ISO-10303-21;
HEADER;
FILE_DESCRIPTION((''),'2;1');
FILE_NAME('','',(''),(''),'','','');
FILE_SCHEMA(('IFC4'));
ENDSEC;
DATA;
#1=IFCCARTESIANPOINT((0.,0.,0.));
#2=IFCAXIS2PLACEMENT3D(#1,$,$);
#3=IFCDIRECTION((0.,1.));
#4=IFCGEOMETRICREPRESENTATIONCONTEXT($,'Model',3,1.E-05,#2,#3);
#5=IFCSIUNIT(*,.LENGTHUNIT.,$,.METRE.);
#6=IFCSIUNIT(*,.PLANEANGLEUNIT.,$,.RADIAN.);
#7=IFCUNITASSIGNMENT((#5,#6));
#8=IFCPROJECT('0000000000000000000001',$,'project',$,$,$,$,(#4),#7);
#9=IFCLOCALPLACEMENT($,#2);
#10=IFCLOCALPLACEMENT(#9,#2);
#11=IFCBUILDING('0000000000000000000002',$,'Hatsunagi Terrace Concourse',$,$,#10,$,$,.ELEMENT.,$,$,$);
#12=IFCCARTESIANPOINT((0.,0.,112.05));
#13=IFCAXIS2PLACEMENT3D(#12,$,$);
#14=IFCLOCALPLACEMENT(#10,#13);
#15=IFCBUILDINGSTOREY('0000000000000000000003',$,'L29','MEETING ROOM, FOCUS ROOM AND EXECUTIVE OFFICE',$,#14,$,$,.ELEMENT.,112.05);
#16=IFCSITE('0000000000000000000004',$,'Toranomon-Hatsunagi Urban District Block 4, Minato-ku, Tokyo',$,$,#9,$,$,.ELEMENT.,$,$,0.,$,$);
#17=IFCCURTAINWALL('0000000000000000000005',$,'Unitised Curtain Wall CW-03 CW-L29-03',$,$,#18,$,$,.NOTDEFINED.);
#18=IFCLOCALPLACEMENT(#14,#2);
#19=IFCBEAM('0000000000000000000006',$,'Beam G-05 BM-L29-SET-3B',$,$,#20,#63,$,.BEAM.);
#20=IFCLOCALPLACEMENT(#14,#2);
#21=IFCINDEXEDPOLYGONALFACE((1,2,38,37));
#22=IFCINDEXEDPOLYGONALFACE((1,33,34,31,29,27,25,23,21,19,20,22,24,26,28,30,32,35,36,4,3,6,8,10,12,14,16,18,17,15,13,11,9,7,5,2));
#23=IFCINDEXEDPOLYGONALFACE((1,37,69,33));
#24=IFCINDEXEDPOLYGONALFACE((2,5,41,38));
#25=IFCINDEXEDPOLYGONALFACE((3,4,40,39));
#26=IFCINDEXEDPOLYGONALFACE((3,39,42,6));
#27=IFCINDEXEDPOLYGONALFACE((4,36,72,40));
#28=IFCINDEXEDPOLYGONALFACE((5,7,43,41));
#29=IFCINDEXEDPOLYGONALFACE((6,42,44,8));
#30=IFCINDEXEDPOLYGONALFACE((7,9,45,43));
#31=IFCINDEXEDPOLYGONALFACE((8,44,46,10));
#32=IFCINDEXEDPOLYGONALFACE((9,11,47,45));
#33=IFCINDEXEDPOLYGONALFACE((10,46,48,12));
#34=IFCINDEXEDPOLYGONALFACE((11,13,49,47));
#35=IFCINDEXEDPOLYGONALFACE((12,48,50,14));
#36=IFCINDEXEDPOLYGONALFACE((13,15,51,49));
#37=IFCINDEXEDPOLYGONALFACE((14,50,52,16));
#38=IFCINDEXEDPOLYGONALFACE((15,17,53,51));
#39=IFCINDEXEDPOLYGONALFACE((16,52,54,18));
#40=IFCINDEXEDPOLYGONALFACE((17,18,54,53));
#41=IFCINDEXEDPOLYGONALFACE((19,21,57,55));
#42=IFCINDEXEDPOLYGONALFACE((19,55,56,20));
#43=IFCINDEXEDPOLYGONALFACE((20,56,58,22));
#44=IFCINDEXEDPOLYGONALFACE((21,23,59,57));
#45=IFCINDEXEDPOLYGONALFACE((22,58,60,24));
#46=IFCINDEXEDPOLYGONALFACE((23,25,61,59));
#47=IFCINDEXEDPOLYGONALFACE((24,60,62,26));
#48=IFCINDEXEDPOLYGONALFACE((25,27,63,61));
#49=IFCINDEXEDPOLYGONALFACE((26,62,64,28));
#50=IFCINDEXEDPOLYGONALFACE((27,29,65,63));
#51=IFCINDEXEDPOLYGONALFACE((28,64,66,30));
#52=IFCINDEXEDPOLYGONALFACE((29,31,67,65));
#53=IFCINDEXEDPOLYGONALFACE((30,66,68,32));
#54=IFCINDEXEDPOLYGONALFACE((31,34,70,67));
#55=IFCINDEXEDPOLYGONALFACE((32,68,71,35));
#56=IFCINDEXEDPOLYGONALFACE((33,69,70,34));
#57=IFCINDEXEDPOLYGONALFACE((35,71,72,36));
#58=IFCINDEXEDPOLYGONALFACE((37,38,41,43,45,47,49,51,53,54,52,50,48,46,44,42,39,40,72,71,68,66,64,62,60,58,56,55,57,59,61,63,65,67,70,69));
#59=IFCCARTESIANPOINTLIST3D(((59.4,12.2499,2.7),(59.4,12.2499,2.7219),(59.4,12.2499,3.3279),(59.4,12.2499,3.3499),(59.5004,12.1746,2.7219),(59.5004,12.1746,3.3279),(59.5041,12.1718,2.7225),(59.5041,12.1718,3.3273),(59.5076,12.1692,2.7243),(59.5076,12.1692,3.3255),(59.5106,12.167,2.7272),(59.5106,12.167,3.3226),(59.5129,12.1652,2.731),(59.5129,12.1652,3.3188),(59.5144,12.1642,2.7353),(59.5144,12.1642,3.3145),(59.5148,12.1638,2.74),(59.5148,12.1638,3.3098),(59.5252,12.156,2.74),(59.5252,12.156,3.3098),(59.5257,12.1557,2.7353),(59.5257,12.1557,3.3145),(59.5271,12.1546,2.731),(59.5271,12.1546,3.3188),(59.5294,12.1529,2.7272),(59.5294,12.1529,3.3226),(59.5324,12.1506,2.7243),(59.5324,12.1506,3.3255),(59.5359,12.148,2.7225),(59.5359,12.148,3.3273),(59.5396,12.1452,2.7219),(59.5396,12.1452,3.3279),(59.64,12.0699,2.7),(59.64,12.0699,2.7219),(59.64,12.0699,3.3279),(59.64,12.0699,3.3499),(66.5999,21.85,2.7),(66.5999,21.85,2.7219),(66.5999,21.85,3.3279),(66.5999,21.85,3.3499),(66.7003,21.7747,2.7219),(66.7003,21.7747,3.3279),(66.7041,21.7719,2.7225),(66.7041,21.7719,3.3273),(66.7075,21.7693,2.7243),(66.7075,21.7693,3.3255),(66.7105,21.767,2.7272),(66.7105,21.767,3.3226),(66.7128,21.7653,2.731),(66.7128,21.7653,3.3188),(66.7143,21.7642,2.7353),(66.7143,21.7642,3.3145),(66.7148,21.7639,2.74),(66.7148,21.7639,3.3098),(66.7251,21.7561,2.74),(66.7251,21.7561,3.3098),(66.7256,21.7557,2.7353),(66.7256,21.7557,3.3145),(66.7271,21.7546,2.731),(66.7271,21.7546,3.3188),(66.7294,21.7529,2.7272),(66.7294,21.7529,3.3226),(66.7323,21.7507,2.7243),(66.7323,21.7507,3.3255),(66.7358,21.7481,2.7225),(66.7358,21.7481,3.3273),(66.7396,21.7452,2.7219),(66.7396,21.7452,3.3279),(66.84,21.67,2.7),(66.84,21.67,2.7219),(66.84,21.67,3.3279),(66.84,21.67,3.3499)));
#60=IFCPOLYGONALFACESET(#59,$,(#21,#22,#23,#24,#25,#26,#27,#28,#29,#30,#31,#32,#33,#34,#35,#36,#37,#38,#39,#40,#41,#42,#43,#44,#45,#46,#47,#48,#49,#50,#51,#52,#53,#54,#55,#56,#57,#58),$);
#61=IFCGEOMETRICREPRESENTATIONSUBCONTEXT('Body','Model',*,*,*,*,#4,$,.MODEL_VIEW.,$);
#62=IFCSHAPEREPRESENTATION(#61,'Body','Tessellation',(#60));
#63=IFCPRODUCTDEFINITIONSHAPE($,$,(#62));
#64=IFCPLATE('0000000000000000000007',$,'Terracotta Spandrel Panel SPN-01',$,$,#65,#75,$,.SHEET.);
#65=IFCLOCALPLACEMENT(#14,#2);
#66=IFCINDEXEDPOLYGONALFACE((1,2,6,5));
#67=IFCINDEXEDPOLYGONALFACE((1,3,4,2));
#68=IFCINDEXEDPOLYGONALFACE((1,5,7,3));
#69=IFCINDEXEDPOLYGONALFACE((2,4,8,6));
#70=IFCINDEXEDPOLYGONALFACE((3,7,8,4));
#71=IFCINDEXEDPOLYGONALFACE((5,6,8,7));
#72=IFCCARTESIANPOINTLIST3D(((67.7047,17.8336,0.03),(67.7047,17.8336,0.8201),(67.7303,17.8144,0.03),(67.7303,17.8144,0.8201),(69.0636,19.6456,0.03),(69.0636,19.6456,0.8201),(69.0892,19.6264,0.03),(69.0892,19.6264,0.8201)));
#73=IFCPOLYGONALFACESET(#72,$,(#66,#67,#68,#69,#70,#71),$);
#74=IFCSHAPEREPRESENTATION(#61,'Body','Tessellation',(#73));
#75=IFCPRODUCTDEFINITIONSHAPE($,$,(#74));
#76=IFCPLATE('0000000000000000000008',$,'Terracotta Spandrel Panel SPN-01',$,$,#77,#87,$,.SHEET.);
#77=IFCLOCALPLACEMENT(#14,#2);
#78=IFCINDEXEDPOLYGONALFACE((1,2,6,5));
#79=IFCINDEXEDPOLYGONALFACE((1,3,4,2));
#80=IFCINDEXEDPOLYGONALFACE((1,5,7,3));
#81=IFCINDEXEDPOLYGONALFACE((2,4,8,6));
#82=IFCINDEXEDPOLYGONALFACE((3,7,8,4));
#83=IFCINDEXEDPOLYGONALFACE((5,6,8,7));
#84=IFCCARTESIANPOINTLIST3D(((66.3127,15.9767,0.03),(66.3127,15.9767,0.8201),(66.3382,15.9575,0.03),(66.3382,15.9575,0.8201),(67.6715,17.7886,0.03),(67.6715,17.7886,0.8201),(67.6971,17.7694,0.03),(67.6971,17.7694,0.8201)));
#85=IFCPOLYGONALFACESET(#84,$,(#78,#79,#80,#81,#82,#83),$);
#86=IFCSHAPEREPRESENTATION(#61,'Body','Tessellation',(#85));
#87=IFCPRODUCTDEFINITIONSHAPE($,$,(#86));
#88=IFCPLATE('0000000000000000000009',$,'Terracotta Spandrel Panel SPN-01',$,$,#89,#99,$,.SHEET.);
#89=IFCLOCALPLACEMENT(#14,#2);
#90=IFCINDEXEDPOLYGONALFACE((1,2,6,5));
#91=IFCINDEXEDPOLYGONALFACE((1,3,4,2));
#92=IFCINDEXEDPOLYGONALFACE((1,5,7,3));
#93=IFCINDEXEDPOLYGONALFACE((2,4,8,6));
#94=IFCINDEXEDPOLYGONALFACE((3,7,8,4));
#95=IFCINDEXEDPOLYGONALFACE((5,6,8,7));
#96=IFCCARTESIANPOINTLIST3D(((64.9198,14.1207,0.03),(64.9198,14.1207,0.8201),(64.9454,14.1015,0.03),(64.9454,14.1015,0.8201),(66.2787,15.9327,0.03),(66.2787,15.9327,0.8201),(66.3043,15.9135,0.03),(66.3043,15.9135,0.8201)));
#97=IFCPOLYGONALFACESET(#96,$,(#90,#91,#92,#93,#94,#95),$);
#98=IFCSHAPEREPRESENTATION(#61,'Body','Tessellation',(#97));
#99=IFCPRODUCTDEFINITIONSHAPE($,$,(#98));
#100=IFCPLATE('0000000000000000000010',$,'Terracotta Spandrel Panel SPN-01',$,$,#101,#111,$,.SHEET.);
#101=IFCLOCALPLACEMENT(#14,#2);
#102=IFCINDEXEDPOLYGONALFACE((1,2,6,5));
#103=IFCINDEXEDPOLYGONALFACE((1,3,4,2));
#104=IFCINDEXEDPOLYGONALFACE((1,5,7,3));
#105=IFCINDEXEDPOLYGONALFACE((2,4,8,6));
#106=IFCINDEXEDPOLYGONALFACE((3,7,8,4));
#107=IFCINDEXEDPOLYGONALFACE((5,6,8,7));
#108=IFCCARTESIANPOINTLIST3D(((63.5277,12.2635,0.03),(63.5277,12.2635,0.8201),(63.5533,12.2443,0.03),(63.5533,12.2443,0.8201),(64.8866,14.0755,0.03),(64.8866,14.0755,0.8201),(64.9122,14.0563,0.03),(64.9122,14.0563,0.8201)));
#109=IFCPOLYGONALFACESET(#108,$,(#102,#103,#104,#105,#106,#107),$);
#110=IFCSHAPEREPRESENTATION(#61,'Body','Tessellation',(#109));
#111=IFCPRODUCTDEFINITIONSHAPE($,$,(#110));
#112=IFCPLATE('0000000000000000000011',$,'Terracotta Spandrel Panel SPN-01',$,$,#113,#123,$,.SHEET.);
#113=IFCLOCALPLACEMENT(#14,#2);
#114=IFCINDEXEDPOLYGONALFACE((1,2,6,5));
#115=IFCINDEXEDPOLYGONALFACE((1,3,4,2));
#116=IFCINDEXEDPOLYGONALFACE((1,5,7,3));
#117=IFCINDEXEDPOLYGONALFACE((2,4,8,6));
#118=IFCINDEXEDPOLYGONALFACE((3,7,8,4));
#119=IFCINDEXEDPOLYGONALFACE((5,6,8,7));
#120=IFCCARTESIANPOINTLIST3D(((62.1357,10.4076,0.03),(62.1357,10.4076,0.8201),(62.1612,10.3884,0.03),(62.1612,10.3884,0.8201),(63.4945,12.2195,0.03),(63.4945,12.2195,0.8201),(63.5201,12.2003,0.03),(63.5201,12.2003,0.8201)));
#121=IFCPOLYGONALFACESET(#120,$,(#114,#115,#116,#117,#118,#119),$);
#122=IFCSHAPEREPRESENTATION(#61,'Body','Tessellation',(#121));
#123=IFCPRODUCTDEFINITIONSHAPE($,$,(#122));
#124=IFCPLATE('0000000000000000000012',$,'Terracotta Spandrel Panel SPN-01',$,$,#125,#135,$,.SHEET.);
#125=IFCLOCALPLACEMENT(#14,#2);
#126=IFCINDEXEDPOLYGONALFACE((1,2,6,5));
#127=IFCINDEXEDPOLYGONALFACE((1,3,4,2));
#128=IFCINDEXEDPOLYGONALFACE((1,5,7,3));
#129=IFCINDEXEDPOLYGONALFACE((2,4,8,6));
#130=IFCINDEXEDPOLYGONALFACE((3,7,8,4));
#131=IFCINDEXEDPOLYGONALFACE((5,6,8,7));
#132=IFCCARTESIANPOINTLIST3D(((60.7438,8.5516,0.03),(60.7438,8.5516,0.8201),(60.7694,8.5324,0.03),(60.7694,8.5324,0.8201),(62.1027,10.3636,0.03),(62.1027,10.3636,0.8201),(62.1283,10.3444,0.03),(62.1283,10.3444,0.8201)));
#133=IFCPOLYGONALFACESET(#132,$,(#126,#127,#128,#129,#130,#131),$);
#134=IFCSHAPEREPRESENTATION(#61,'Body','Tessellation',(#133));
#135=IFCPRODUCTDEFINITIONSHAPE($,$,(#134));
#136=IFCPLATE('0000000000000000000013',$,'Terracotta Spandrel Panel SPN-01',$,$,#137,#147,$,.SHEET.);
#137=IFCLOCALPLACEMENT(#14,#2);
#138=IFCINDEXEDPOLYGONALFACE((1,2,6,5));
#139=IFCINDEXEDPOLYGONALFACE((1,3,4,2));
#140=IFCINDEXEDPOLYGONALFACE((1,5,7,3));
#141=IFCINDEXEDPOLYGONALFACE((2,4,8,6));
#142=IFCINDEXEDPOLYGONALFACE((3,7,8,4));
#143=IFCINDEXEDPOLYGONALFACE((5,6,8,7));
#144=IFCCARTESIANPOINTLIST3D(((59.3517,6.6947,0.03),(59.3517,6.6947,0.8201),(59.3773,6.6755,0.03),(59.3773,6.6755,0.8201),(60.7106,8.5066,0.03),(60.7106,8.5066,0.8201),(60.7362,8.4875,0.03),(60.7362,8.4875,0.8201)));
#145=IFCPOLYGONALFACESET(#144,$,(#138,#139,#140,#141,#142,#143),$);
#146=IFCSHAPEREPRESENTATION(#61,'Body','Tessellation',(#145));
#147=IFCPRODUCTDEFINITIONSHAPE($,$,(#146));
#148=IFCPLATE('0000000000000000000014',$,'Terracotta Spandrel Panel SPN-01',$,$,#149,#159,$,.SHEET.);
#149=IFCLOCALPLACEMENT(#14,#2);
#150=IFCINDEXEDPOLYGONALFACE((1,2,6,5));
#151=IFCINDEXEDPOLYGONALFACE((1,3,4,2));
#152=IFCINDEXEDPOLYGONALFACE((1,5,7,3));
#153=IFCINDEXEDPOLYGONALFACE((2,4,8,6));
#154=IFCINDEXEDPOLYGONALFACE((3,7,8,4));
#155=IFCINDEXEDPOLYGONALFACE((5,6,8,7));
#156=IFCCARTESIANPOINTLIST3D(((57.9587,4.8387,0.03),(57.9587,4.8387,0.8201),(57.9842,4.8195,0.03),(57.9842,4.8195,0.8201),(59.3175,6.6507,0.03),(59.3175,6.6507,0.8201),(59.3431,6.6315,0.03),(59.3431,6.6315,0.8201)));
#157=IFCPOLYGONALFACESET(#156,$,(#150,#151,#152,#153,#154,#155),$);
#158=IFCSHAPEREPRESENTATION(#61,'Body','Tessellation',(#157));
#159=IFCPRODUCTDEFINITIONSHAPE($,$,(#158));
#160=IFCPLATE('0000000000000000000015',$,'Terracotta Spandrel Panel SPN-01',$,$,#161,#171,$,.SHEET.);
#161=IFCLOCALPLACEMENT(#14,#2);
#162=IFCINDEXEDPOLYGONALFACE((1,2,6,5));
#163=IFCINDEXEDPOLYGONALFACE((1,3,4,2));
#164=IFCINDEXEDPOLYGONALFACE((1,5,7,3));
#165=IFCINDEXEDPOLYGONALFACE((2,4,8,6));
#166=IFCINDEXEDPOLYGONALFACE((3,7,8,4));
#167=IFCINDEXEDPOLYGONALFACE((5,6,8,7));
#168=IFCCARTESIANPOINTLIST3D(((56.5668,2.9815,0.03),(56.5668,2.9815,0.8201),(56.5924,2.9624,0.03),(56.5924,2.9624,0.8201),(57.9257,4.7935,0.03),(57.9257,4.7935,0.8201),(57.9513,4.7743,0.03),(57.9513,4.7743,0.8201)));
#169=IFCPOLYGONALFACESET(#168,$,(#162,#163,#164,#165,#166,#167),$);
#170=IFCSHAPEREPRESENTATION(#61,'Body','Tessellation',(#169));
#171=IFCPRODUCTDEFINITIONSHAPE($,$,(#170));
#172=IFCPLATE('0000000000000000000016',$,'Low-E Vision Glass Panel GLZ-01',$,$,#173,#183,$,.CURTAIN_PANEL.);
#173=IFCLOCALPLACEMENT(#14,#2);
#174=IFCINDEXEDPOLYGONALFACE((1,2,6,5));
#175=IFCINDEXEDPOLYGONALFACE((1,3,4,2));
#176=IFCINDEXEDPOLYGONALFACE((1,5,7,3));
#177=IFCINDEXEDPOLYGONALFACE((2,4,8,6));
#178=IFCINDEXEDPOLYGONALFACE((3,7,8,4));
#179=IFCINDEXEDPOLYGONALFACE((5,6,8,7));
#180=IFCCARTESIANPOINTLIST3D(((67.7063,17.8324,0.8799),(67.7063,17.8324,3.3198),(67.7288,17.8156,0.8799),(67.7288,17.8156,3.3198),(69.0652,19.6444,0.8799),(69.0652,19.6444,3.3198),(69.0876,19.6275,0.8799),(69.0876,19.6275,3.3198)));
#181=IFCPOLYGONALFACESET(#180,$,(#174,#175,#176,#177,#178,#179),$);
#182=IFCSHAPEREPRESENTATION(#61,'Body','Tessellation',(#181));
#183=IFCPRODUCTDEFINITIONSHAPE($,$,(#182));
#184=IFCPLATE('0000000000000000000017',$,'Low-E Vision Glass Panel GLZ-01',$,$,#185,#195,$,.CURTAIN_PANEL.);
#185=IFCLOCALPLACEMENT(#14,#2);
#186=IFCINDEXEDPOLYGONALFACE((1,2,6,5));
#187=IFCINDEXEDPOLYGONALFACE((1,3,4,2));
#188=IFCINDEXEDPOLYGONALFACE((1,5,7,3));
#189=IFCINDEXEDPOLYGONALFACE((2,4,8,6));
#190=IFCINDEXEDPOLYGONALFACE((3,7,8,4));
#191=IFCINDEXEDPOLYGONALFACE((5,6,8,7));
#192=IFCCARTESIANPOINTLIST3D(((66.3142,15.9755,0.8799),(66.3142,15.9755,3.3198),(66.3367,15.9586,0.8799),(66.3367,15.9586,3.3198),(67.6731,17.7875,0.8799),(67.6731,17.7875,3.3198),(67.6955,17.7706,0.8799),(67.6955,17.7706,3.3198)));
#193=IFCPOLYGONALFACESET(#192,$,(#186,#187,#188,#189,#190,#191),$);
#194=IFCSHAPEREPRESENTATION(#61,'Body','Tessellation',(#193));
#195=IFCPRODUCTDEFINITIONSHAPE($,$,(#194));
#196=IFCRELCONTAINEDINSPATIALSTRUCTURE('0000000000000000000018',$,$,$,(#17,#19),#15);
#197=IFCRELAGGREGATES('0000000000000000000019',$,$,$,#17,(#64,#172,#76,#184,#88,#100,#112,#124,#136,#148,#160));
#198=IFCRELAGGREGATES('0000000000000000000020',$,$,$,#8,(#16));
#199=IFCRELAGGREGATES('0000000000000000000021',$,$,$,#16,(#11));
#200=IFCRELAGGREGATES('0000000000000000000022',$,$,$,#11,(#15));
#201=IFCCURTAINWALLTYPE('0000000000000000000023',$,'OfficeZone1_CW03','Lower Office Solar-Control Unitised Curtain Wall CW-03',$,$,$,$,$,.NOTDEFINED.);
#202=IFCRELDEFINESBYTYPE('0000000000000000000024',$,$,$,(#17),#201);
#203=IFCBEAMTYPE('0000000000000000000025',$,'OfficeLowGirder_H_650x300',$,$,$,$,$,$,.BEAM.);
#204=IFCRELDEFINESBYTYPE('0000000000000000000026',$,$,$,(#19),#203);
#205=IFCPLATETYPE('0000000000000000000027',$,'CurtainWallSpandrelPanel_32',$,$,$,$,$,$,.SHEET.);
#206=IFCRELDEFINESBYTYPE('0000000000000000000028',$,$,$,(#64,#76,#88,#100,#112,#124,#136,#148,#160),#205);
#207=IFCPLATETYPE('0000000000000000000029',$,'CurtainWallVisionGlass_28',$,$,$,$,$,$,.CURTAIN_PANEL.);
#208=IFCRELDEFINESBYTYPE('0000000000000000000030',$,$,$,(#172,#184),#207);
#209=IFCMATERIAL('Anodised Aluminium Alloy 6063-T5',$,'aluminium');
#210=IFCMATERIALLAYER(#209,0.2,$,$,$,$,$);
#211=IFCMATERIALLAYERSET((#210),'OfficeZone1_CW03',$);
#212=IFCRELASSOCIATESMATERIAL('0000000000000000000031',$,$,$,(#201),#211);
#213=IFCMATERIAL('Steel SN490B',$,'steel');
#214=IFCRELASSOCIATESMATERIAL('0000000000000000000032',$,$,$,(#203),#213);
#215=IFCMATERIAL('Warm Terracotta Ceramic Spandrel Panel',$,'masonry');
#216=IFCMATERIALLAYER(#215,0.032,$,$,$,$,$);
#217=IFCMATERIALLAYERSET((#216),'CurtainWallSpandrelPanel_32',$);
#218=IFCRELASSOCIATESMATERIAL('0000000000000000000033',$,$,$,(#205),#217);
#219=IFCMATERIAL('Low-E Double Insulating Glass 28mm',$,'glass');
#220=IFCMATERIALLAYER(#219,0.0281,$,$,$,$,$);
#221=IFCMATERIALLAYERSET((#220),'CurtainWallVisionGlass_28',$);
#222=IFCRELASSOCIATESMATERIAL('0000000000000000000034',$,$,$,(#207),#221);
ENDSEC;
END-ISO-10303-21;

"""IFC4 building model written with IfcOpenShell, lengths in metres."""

from ifc_helpers import new_model, si_unit, direction, frame, origin, origin_2d, place, context, subcontext, project, spatial, rectangle, i_section, extrude, material, layer, layer_set, material_profile, profile_set, type_object, element, aggregate, save


model = new_model("IFC4")

# Units and contexts
model_context = context("Model", 3, precision=1e-05, world=origin(), true_north=direction((0.0, 1.0)))
body_context = subcontext(model_context, "Body", "Model", "MODEL_VIEW")
ifc_project = project(units=[si_unit("LENGTHUNIT", "METRE"), si_unit("PLANEANGLEUNIT", "RADIAN")], contexts=[model_context])

# Site, building, storey
site_placement = place(None, origin())
site = spatial("IfcSite", under=ifc_project, at=site_placement, Name="Toranomon-Hatsunagi Urban District Block 4, Minato-ku, Tokyo", CompositionType="ELEMENT", RefElevation=0.0)
building_placement = place(site_placement, origin())
building = spatial("IfcBuilding", under=site, at=building_placement, Name="Hatsunagi Terrace Concourse", CompositionType="ELEMENT")
storey_placement = place(building_placement, frame((0.0, 0.0, 112.05)))
storey = spatial("IfcBuildingStorey", under=building, at=storey_placement, Name="L29", Description="MEETING ROOM, FOCUS ROOM AND EXECUTIVE OFFICE", CompositionType="ELEMENT", Elevation=112.05)

# Curtain wall
ifc_material_1 = material(Name="Anodised Aluminium Alloy 6063-T5", Category="aluminium")
ifc_layer_1 = layer(ifc_material_1, 0.2)
ifc_layer_set_1 = layer_set([ifc_layer_1], Name="OfficeZone1_CW03")
curtain_wall_type = type_object("IfcCurtainWallType", Name="OfficeZone1_CW03", Description="Lower Office Solar-Control Unitised Curtain Wall CW-03", PredefinedType="NOTDEFINED", material=ifc_layer_set_1)
curtain_wall_placement = place(storey_placement, origin())
curtain_wall = element("IfcCurtainWall", 1, at=curtain_wall_placement, inside=storey, type_object=curtain_wall_type, Name="Unitised Curtain Wall CW-03 CW-L29-03", PredefinedType="NOTDEFINED")

# Beam
ifc_material_2 = material(Name="Steel SN490B", Category="steel")
ifc_material_profile_1 = material_profile(ifc_material_2, i_section(OverallWidth=0.3, OverallDepth=0.6499, WebThickness=0.0129, FlangeThickness=0.022, FilletRadius=0.0181, at=origin_2d()), Name="H-650x300x13x22")
ifc_profile_set_1 = profile_set([ifc_material_profile_1], Name="Steel SN490B")
beam_type_1 = type_object("IfcBeamType", Name="OfficeLowGirder_H_650x300", PredefinedType="BEAM", material=ifc_profile_set_1)
beam_1_placement = place(storey_placement, frame((59.52, 12.1599, 3.0249), z_axis=(0.599993, 0.800005, 0.0), x_axis=(-0.800005, 0.599993, 0.0)))
element("IfcBeam", 2, at=beam_1_placement, inside=storey, type_object=beam_type_1, Name="Beam G-05 BM-L29-SET-3B", PredefinedType="BEAM", context=body_context, shape_type="SweptSolid", body=[
    extrude(i_section(OverallWidth=0.3, OverallDepth=0.6499, WebThickness=0.0129, FlangeThickness=0.022, FilletRadius=0.0181, at=origin_2d()), origin(), (0.0, 0.0, 1.0), 12.0),
])

# Plates
ifc_material_3 = material(Name="Warm Terracotta Ceramic Spandrel Panel", Category="masonry")
ifc_layer_2 = layer(ifc_material_3, 0.032)
ifc_layer_set_2 = layer_set([ifc_layer_2], Name="CurtainWallSpandrelPanel_32")
plate_type_1 = type_object("IfcPlateType", Name="CurtainWallSpandrelPanel_32", PredefinedType="SHEET", material=ifc_layer_set_2)
plate_1_placement = place(storey_placement, frame((68.397, 18.73, 0.03), z_axis=(0.0, 0.0, 1.0), x_axis=(-0.599969, -0.800023, 0.0)))
plate_1 = element("IfcPlate", 3, at=plate_1_placement, type_object=plate_type_1, Name="Terracotta Spandrel Panel SPN-01", PredefinedType="SHEET", context=body_context, shape_type="SweptSolid", body=[
    extrude(rectangle(XDim=2.2649, YDim=0.032, at=origin_2d()), origin(), (0.0, 0.0, 1.0), 0.79),
])
plate_2_placement = place(storey_placement, frame((67.0049, 16.873, 0.03), z_axis=(0.0, 0.0, 1.0), x_axis=(-0.599969, -0.800023, 0.0)))
plate_2 = element("IfcPlate", 4, at=plate_2_placement, type_object=plate_type_1, Name="Terracotta Spandrel Panel SPN-01", PredefinedType="SHEET", context=body_context, shape_type="SweptSolid", body=[
    extrude(rectangle(XDim=2.2649, YDim=0.032, at=origin_2d()), origin(), (0.0, 0.0, 1.0), 0.79),
])
plate_3_placement = place(storey_placement, frame((65.6121, 15.0171, 0.03), z_axis=(0.0, 0.0, 1.0), x_axis=(-0.599969, -0.800023, 0.0)))
plate_3 = element("IfcPlate", 5, at=plate_3_placement, type_object=plate_type_1, Name="Terracotta Spandrel Panel SPN-01", PredefinedType="SHEET", context=body_context, shape_type="SweptSolid", body=[
    extrude(rectangle(XDim=2.2649, YDim=0.032, at=origin_2d()), origin(), (0.0, 0.0, 1.0), 0.79),
])
plate_4_placement = place(storey_placement, frame((64.22, 13.1599, 0.03), z_axis=(0.0, 0.0, 1.0), x_axis=(-0.599969, -0.800023, 0.0)))
plate_4 = element("IfcPlate", 6, at=plate_4_placement, type_object=plate_type_1, Name="Terracotta Spandrel Panel SPN-01", PredefinedType="SHEET", context=body_context, shape_type="SweptSolid", body=[
    extrude(rectangle(XDim=2.2649, YDim=0.032, at=origin_2d()), origin(), (0.0, 0.0, 1.0), 0.79),
])
plate_5_placement = place(storey_placement, frame((62.8279, 11.304, 0.03), z_axis=(0.0, 0.0, 1.0), x_axis=(-0.599969, -0.800023, 0.0)))
plate_5 = element("IfcPlate", 7, at=plate_5_placement, type_object=plate_type_1, Name="Terracotta Spandrel Panel SPN-01", PredefinedType="SHEET", context=body_context, shape_type="SweptSolid", body=[
    extrude(rectangle(XDim=2.2649, YDim=0.032, at=origin_2d()), origin(), (0.0, 0.0, 1.0), 0.79),
])
plate_6_placement = place(storey_placement, frame((61.436, 9.448, 0.03), z_axis=(0.0, 0.0, 1.0), x_axis=(-0.599969, -0.800023, 0.0)))
plate_6 = element("IfcPlate", 8, at=plate_6_placement, type_object=plate_type_1, Name="Terracotta Spandrel Panel SPN-01", PredefinedType="SHEET", context=body_context, shape_type="SweptSolid", body=[
    extrude(rectangle(XDim=2.2649, YDim=0.032, at=origin_2d()), origin(), (0.0, 0.0, 1.0), 0.79),
])
plate_7_placement = place(storey_placement, frame((60.0439, 7.5911, 0.03), z_axis=(0.0, 0.0, 1.0), x_axis=(-0.599969, -0.800023, 0.0)))
plate_7 = element("IfcPlate", 9, at=plate_7_placement, type_object=plate_type_1, Name="Terracotta Spandrel Panel SPN-01", PredefinedType="SHEET", context=body_context, shape_type="SweptSolid", body=[
    extrude(rectangle(XDim=2.2649, YDim=0.032, at=origin_2d()), origin(), (0.0, 0.0, 1.0), 0.79),
])
plate_8_placement = place(storey_placement, frame((58.6509, 5.7351, 0.03), z_axis=(0.0, 0.0, 1.0), x_axis=(-0.599969, -0.800023, 0.0)))
plate_8 = element("IfcPlate", 10, at=plate_8_placement, type_object=plate_type_1, Name="Terracotta Spandrel Panel SPN-01", PredefinedType="SHEET", context=body_context, shape_type="SweptSolid", body=[
    extrude(rectangle(XDim=2.2649, YDim=0.032, at=origin_2d()), origin(), (0.0, 0.0, 1.0), 0.79),
])
plate_9_placement = place(storey_placement, frame((57.259, 3.8779, 0.03), z_axis=(0.0, 0.0, 1.0), x_axis=(-0.599969, -0.800023, 0.0)))
plate_9 = element("IfcPlate", 11, at=plate_9_placement, type_object=plate_type_1, Name="Terracotta Spandrel Panel SPN-01", PredefinedType="SHEET", context=body_context, shape_type="SweptSolid", body=[
    extrude(rectangle(XDim=2.2649, YDim=0.032, at=origin_2d()), origin(), (0.0, 0.0, 1.0), 0.79),
])
ifc_material_4 = material(Name="Low-E Double Insulating Glass 28mm", Category="glass")
ifc_layer_3 = layer(ifc_material_4, 0.0281)
ifc_layer_set_3 = layer_set([ifc_layer_3], Name="CurtainWallVisionGlass_28")
plate_type_2 = type_object("IfcPlateType", Name="CurtainWallVisionGlass_28", PredefinedType="CURTAIN_PANEL", material=ifc_layer_set_3)
plate_10_placement = place(storey_placement, frame((68.397, 18.73, 0.8799), z_axis=(0.0, 0.0, 1.0), x_axis=(-0.599969, -0.800023, 0.0)))
plate_10 = element("IfcPlate", 12, at=plate_10_placement, type_object=plate_type_2, Name="Low-E Vision Glass Panel GLZ-01", PredefinedType="CURTAIN_PANEL", context=body_context, shape_type="SweptSolid", body=[
    extrude(rectangle(XDim=2.2649, YDim=0.0281, at=origin_2d()), origin(), (0.0, 0.0, 1.0), 2.4399),
])
plate_11_placement = place(storey_placement, frame((67.0049, 16.873, 0.8799), z_axis=(0.0, 0.0, 1.0), x_axis=(-0.599969, -0.800023, 0.0)))
plate_11 = element("IfcPlate", 13, at=plate_11_placement, type_object=plate_type_2, Name="Low-E Vision Glass Panel GLZ-01", PredefinedType="CURTAIN_PANEL", context=body_context, shape_type="SweptSolid", body=[
    extrude(rectangle(XDim=2.2649, YDim=0.0281, at=origin_2d()), origin(), (0.0, 0.0, 1.0), 2.4399),
])
aggregate(curtain_wall, [plate_1, plate_10, plate_2, plate_11, plate_3, plate_4, plate_5, plate_6, plate_7, plate_8, plate_9])

save(model, "model.ifc")
